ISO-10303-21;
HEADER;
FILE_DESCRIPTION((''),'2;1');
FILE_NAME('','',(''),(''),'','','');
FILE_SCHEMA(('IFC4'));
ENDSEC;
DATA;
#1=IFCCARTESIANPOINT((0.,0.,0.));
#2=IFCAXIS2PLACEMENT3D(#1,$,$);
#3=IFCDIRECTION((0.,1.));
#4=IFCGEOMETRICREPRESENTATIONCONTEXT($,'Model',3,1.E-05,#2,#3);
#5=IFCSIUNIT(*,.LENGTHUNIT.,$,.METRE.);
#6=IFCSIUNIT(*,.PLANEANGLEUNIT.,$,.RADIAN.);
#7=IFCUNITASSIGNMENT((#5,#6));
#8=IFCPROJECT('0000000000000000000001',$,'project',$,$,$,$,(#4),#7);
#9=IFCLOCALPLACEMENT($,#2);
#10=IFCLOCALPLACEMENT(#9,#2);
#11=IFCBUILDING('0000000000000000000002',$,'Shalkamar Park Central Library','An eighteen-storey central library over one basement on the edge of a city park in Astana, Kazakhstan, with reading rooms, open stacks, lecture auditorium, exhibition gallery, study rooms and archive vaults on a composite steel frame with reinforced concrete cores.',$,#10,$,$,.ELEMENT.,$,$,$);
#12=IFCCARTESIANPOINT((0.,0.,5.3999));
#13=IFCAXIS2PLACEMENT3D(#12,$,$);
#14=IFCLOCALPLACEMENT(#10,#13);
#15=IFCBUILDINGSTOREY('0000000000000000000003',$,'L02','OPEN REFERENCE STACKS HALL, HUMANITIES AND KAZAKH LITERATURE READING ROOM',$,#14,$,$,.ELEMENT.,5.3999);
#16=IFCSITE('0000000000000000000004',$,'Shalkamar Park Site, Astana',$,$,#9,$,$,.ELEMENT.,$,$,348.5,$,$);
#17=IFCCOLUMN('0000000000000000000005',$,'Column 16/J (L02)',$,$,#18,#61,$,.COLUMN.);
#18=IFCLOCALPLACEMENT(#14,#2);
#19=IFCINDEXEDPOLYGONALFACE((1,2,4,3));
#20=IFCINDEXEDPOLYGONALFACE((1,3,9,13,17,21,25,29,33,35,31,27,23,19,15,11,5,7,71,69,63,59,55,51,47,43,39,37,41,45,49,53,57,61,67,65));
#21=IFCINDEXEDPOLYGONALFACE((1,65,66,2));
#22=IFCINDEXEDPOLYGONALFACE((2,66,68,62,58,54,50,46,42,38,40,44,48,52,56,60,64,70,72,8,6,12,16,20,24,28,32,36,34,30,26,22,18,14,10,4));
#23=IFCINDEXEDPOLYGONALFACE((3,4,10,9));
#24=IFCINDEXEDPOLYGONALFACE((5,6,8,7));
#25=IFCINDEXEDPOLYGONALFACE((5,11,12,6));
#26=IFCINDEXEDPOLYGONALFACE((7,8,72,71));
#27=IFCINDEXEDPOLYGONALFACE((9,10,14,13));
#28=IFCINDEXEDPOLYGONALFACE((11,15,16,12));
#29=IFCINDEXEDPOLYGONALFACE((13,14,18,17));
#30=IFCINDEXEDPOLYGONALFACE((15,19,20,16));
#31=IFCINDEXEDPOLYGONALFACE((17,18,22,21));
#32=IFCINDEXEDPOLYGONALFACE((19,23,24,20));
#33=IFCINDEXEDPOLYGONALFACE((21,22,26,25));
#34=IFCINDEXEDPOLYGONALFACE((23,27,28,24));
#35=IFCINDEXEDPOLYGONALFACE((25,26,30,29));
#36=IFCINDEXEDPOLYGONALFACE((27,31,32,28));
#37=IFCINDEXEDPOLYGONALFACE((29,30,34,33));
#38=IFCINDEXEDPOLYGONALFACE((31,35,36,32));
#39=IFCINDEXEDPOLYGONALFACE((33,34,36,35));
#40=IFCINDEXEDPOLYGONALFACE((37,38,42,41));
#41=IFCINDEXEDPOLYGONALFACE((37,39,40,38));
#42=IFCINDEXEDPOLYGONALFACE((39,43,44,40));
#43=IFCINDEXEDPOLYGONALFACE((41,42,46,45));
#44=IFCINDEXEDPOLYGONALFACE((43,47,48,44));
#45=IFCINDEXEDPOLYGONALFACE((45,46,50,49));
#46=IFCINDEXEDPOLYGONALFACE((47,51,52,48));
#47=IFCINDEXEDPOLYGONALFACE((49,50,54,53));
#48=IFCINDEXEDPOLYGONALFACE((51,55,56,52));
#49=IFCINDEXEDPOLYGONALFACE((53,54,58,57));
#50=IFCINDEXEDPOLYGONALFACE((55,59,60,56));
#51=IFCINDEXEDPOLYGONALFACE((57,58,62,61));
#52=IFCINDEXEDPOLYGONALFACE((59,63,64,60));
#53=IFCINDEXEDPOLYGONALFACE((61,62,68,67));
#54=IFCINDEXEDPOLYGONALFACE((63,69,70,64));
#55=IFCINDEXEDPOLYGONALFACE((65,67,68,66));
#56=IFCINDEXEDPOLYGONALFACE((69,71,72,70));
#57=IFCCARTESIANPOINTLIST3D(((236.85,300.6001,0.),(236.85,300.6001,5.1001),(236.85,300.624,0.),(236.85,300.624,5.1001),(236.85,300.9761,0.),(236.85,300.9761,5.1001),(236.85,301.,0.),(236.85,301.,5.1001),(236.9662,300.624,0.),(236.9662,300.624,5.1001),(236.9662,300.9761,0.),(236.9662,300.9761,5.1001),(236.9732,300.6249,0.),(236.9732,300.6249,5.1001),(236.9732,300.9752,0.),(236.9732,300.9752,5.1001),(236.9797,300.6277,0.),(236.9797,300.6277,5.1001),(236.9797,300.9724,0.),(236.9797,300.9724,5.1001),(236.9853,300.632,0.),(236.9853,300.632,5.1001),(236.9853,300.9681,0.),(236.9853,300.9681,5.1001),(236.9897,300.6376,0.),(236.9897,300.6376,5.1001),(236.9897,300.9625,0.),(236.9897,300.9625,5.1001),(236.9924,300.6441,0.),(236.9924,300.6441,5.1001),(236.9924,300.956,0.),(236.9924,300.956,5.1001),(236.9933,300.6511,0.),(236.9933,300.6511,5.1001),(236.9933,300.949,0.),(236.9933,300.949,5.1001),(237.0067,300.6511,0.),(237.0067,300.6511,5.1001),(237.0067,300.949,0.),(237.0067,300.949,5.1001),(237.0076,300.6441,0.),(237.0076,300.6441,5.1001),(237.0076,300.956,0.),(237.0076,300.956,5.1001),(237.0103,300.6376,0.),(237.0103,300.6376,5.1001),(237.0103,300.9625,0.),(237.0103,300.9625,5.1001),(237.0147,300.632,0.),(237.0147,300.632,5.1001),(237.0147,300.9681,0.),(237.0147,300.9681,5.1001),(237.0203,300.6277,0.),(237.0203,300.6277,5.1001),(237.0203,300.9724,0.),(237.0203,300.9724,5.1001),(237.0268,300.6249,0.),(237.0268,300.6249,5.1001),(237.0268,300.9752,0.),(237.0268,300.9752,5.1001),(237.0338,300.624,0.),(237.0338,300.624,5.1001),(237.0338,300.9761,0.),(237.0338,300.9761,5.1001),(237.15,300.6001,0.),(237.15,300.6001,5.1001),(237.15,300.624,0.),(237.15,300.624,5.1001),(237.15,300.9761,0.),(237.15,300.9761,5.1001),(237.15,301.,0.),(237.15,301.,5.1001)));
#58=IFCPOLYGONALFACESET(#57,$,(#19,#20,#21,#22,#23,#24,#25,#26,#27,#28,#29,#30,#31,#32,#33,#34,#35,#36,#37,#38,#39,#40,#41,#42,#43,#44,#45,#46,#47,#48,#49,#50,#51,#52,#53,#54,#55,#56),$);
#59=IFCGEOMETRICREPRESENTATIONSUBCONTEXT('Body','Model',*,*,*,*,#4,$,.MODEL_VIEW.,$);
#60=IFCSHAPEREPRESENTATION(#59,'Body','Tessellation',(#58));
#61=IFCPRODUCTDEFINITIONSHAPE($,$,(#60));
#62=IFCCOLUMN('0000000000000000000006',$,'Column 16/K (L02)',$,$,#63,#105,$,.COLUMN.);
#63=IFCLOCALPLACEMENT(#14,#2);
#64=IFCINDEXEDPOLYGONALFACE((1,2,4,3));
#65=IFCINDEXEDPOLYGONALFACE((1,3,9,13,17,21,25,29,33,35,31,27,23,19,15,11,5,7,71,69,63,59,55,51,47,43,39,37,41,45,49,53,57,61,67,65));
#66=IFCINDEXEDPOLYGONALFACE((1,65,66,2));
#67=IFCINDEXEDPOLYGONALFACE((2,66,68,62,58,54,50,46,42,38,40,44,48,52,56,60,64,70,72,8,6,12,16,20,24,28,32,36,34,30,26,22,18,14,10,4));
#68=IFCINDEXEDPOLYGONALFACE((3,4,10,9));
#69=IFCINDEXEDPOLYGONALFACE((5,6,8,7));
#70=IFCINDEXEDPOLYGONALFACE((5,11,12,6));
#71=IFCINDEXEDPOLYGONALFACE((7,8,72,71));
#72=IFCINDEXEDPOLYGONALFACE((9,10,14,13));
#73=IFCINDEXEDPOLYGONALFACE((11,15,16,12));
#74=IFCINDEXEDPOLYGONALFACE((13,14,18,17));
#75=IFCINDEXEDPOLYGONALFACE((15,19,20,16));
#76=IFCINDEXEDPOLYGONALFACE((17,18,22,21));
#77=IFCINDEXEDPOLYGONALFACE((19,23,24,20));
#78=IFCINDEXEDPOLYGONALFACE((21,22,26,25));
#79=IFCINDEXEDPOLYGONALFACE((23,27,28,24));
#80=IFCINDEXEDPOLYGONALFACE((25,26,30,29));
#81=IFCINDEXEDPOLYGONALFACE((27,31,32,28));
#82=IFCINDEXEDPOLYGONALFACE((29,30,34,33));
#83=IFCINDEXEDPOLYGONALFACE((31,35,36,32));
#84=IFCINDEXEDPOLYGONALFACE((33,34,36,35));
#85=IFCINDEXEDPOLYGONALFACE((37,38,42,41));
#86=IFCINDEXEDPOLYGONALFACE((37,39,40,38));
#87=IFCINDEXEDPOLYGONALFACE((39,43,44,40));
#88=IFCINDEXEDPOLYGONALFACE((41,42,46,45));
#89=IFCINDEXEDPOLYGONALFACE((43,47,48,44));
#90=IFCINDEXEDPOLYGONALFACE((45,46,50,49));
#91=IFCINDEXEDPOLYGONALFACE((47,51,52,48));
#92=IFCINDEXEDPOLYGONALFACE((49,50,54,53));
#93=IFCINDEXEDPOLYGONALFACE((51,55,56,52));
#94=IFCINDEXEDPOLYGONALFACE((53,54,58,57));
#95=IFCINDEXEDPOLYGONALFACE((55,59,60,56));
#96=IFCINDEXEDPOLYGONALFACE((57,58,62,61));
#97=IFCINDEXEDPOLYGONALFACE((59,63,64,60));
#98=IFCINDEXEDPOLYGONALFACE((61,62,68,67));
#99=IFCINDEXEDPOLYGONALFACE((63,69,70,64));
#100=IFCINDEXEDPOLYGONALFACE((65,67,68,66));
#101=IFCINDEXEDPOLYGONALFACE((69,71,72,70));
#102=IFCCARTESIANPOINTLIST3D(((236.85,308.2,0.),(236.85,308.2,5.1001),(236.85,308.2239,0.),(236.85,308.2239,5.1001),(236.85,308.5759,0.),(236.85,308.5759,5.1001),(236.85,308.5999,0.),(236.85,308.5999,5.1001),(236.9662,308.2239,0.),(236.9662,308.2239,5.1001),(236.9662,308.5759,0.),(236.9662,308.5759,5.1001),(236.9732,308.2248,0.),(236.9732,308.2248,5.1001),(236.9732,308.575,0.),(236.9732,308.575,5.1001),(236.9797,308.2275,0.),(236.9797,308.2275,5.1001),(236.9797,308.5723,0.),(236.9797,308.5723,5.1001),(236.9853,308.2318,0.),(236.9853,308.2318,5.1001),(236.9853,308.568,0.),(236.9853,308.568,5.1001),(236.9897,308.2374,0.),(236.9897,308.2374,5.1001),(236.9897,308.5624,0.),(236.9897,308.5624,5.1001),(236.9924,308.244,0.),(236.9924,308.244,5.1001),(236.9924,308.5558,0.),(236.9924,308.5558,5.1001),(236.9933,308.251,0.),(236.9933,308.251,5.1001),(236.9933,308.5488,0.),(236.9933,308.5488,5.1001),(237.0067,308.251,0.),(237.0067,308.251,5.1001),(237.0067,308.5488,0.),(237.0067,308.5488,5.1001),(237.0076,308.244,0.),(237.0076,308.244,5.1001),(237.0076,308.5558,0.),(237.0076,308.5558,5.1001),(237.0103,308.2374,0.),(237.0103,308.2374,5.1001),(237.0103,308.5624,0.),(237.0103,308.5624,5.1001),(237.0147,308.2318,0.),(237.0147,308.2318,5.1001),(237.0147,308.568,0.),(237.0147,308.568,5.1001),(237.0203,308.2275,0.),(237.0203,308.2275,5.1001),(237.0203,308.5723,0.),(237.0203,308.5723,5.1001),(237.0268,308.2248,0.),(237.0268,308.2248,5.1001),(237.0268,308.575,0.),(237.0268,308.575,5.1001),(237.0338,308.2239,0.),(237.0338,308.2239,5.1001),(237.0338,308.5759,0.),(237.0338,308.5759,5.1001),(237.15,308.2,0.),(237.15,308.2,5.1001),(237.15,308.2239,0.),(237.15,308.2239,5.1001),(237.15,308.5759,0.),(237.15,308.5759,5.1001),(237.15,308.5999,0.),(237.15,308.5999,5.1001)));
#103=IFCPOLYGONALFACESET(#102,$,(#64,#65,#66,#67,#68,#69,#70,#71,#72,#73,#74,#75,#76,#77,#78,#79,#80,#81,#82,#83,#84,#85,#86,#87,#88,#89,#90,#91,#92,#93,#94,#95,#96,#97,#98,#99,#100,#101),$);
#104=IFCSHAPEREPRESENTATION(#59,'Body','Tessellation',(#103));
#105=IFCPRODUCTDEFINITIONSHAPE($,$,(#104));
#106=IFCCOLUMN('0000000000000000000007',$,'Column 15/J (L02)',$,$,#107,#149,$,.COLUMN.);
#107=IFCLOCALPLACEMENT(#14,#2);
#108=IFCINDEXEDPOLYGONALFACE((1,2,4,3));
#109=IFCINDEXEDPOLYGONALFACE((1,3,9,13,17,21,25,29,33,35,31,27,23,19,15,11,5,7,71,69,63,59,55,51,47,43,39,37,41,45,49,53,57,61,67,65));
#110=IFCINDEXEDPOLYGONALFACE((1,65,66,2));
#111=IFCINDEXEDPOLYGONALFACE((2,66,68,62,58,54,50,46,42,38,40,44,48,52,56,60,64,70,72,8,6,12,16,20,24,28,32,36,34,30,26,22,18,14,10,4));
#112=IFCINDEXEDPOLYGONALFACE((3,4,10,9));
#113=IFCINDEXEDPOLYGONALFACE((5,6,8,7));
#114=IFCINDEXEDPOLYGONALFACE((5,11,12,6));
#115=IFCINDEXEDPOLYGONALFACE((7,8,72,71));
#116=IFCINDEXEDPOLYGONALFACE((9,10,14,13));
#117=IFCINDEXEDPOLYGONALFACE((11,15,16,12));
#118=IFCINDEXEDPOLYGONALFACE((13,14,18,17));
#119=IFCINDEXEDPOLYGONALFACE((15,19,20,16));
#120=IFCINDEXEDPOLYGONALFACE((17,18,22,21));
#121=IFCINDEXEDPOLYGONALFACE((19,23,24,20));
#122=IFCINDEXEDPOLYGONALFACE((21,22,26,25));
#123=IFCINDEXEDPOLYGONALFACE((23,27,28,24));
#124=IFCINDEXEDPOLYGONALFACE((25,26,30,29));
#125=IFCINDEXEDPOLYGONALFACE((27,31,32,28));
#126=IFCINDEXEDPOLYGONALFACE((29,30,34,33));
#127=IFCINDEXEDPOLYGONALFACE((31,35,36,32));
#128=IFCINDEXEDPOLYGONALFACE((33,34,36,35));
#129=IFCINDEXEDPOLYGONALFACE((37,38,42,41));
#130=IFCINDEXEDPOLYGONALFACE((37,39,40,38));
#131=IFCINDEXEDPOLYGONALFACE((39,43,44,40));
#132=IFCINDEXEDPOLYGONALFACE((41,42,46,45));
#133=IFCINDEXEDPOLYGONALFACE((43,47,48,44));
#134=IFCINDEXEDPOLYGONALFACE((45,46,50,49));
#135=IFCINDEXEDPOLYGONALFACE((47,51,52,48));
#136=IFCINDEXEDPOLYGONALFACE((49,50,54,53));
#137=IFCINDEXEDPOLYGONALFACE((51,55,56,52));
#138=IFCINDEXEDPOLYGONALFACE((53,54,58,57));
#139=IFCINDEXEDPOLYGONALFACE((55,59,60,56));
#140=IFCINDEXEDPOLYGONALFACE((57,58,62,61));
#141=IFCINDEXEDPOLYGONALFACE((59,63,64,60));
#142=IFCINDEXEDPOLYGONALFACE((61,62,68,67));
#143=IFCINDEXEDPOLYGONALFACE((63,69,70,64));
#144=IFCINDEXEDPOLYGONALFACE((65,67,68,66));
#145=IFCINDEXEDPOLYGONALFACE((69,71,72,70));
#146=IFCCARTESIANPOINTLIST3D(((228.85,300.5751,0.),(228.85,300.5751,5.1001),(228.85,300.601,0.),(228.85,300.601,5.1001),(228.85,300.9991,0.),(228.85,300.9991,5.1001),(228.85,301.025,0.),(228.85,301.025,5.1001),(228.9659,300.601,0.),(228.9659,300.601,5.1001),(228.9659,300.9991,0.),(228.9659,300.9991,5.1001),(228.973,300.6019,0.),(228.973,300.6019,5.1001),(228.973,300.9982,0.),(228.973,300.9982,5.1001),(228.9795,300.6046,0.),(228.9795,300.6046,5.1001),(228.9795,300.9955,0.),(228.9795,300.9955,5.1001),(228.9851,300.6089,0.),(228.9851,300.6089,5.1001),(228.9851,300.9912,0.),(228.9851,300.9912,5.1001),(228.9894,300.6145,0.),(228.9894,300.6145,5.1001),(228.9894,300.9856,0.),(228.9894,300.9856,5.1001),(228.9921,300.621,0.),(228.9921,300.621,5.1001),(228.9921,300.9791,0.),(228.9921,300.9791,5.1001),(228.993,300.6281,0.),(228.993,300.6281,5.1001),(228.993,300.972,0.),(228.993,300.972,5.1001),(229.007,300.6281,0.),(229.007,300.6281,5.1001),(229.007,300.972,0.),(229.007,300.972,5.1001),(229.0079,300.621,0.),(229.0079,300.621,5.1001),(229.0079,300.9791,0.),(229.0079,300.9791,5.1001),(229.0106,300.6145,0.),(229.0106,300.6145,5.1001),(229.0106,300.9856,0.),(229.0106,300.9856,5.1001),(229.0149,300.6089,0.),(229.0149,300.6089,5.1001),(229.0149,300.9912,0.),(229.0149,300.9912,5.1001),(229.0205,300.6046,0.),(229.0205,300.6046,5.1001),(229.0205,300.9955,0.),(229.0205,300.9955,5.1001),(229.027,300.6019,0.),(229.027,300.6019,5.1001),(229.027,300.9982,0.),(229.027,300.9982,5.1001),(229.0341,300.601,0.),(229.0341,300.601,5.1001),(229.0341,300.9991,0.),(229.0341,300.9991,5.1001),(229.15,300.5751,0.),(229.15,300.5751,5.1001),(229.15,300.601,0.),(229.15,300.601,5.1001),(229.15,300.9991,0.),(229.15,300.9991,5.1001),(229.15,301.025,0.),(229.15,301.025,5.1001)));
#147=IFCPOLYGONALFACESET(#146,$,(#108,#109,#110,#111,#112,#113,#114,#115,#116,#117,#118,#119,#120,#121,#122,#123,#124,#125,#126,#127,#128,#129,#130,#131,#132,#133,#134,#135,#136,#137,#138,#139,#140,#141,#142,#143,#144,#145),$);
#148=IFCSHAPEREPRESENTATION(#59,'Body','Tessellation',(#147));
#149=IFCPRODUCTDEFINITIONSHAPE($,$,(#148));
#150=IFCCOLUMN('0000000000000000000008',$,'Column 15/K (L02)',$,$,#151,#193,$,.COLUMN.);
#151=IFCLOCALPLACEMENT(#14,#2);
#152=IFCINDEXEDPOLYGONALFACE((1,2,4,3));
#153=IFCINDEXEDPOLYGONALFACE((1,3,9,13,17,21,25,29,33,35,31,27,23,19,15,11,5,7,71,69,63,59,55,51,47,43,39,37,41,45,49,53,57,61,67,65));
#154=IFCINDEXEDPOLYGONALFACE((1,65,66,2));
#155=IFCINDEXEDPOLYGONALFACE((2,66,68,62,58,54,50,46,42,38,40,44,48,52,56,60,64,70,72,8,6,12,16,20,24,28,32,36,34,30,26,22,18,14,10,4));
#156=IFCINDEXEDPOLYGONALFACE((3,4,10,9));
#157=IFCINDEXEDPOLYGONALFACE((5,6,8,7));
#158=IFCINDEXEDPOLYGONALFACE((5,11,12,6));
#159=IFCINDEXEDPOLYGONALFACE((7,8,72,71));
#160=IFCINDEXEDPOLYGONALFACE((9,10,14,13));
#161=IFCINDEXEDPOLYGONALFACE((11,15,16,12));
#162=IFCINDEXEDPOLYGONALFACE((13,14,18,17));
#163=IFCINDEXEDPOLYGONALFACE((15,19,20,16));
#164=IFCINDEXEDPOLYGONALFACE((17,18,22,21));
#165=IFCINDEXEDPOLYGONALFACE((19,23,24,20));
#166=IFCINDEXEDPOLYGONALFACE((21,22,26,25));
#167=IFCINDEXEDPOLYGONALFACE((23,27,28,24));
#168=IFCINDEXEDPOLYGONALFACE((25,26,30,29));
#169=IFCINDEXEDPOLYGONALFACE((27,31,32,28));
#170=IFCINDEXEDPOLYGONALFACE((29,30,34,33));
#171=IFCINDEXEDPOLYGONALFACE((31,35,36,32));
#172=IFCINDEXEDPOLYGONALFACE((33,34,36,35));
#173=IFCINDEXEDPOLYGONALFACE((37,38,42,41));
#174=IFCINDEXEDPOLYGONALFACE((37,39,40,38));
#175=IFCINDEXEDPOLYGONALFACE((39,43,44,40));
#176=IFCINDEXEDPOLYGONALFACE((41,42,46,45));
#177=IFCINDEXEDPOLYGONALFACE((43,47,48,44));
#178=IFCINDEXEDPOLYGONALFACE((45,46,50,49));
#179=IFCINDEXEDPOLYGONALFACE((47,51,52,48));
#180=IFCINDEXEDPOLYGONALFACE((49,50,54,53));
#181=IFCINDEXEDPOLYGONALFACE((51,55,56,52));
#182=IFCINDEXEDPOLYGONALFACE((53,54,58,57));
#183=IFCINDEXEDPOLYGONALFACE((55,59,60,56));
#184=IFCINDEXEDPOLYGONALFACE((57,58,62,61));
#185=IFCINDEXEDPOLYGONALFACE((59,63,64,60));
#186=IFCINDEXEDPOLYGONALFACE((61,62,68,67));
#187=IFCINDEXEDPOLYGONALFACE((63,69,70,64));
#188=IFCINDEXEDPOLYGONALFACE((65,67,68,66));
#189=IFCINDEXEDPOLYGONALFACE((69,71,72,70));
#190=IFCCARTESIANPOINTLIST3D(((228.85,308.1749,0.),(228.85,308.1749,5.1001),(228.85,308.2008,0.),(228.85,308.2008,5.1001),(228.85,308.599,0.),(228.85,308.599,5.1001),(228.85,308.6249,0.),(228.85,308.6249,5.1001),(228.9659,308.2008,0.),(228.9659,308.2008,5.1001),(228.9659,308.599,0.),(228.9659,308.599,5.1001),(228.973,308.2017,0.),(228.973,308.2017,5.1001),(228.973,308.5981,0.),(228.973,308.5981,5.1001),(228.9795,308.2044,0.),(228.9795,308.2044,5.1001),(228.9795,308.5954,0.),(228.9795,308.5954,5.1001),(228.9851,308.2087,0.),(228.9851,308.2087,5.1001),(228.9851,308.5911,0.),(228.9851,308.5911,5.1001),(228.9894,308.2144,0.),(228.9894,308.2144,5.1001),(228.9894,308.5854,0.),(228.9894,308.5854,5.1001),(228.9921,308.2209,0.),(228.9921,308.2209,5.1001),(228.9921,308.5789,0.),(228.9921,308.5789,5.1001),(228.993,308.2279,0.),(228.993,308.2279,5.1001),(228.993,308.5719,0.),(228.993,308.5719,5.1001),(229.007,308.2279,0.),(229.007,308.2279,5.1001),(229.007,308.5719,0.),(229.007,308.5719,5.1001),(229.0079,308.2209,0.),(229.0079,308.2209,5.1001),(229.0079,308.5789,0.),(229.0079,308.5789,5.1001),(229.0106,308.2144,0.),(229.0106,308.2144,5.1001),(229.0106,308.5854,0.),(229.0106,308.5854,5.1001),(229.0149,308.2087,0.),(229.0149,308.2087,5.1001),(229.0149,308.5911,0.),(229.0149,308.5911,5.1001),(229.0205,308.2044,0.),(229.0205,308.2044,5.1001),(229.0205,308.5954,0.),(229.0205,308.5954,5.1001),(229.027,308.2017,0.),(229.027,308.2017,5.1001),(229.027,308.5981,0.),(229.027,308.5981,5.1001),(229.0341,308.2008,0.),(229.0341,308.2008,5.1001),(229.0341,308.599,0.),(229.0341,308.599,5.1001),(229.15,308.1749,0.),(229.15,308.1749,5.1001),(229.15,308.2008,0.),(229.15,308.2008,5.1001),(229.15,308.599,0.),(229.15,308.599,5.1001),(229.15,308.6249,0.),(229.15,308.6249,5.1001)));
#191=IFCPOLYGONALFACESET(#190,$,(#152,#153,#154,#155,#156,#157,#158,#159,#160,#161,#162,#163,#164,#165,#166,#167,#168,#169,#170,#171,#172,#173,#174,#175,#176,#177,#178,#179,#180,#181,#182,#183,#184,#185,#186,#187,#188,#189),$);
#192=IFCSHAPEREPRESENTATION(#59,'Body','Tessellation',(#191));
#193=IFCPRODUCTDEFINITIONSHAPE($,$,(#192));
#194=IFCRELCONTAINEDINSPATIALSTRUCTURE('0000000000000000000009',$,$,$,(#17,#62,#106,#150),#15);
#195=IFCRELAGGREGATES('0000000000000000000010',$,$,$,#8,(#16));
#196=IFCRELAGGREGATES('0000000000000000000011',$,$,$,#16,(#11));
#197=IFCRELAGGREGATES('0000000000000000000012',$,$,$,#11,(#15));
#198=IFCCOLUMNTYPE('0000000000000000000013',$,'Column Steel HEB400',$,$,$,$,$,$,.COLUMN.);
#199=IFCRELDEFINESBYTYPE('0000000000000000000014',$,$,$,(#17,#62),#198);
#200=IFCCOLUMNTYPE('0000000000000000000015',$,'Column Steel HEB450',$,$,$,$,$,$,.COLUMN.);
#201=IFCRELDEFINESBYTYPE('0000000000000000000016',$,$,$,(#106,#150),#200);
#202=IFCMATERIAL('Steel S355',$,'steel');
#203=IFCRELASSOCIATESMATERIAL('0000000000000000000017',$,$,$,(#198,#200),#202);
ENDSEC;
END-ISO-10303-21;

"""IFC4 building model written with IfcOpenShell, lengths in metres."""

from ifc_helpers import new_model, si_unit, direction, frame, origin, origin_2d, place, context, subcontext, project, spatial, i_section, extrude, material, material_profile, profile_set, type_object, element, save


model = new_model("IFC4")

# Units and contexts
model_context = context("Model", 3, precision=1e-05, world=origin(), true_north=direction((0.0, 1.0)))
body_context = subcontext(model_context, "Body", "Model", "MODEL_VIEW")
ifc_project = project(units=[si_unit("LENGTHUNIT", "METRE"), si_unit("PLANEANGLEUNIT", "RADIAN")], contexts=[model_context])

# Site, building, storey
site_placement = place(None, origin())
site = spatial("IfcSite", under=ifc_project, at=site_placement, Name="Shalkamar Park Site, Astana", CompositionType="ELEMENT", RefElevation=348.5)
building_placement = place(site_placement, origin())
building = spatial("IfcBuilding", under=site, at=building_placement, Name="Shalkamar Park Central Library", Description="An eighteen-storey central library over one basement on the edge of a city park in Astana, Kazakhstan, with reading rooms, open stacks, lecture auditorium, exhibition gallery, study rooms and archive vaults on a composite steel frame with reinforced concrete cores.", CompositionType="ELEMENT")
storey_placement = place(building_placement, frame((0.0, 0.0, 5.3999)))
storey = spatial("IfcBuildingStorey", under=building, at=storey_placement, Name="L02", Description="OPEN REFERENCE STACKS HALL, HUMANITIES AND KAZAKH LITERATURE READING ROOM", CompositionType="ELEMENT", Elevation=5.3999)

# Columns
ifc_material_1 = material(Name="Steel S355", Category="steel")
ifc_material_profile_1 = material_profile(ifc_material_1, i_section(OverallWidth=0.3, OverallDepth=0.3999, WebThickness=0.0134, FlangeThickness=0.0239, FilletRadius=0.0271, at=origin_2d()), Name="HEB 400")
ifc_profile_set_1 = profile_set([ifc_material_profile_1], Name="Steel S355")
column_type_1 = type_object("IfcColumnType", Name="Column Steel HEB400", PredefinedType="COLUMN", material=ifc_profile_set_1)
for number, where, z_axis, x_axis, name in (
    (1, (237.0, 300.8, 0.0), (0.0, 0.0, 1.0), (1.0, 0.0, 0.0), "Column 16/J (L02)"),
    (2, (237.0, 308.3999, 0.0), (0.0, 0.0, 1.0), (1.0, 0.0, 0.0), "Column 16/K (L02)"),
):
    element("IfcColumn", number, at=place(storey_placement, frame(where, z_axis=z_axis, x_axis=x_axis)), inside=storey, type_object=column_type_1, Name=name, PredefinedType="COLUMN", context=body_context, shape_type="SweptSolid", body=[
        extrude(i_section(OverallWidth=0.3, OverallDepth=0.3999, WebThickness=0.0134, FlangeThickness=0.0239, FilletRadius=0.0271, at=origin_2d()), origin(), (0.0, 0.0, 1.0), 5.1001),
    ])
ifc_material_profile_2 = material_profile(ifc_material_1, i_section(OverallWidth=0.3, OverallDepth=0.45, WebThickness=0.0139, FlangeThickness=0.0259, FilletRadius=0.0271, at=origin_2d()), Name="HEB 450")
ifc_profile_set_2 = profile_set([ifc_material_profile_2], Name="Steel S355")
column_type_2 = type_object("IfcColumnType", Name="Column Steel HEB450", PredefinedType="COLUMN", material=ifc_profile_set_2)
for number, where, z_axis, x_axis, name in (
    (3, (229.0, 300.8, 0.0), (0.0, 0.0, 1.0), (1.0, 0.0, 0.0), "Column 15/J (L02)"),
    (4, (229.0, 308.3999, 0.0), (0.0, 0.0, 1.0), (1.0, 0.0, 0.0), "Column 15/K (L02)"),
):
    element("IfcColumn", number, at=place(storey_placement, frame(where, z_axis=z_axis, x_axis=x_axis)), inside=storey, type_object=column_type_2, Name=name, PredefinedType="COLUMN", context=body_context, shape_type="SweptSolid", body=[
        extrude(i_section(OverallWidth=0.3, OverallDepth=0.45, WebThickness=0.0139, FlangeThickness=0.0259, FilletRadius=0.0271, at=origin_2d()), origin(), (0.0, 0.0, 1.0), 5.1001),
    ])

save(model, "model.ifc")
